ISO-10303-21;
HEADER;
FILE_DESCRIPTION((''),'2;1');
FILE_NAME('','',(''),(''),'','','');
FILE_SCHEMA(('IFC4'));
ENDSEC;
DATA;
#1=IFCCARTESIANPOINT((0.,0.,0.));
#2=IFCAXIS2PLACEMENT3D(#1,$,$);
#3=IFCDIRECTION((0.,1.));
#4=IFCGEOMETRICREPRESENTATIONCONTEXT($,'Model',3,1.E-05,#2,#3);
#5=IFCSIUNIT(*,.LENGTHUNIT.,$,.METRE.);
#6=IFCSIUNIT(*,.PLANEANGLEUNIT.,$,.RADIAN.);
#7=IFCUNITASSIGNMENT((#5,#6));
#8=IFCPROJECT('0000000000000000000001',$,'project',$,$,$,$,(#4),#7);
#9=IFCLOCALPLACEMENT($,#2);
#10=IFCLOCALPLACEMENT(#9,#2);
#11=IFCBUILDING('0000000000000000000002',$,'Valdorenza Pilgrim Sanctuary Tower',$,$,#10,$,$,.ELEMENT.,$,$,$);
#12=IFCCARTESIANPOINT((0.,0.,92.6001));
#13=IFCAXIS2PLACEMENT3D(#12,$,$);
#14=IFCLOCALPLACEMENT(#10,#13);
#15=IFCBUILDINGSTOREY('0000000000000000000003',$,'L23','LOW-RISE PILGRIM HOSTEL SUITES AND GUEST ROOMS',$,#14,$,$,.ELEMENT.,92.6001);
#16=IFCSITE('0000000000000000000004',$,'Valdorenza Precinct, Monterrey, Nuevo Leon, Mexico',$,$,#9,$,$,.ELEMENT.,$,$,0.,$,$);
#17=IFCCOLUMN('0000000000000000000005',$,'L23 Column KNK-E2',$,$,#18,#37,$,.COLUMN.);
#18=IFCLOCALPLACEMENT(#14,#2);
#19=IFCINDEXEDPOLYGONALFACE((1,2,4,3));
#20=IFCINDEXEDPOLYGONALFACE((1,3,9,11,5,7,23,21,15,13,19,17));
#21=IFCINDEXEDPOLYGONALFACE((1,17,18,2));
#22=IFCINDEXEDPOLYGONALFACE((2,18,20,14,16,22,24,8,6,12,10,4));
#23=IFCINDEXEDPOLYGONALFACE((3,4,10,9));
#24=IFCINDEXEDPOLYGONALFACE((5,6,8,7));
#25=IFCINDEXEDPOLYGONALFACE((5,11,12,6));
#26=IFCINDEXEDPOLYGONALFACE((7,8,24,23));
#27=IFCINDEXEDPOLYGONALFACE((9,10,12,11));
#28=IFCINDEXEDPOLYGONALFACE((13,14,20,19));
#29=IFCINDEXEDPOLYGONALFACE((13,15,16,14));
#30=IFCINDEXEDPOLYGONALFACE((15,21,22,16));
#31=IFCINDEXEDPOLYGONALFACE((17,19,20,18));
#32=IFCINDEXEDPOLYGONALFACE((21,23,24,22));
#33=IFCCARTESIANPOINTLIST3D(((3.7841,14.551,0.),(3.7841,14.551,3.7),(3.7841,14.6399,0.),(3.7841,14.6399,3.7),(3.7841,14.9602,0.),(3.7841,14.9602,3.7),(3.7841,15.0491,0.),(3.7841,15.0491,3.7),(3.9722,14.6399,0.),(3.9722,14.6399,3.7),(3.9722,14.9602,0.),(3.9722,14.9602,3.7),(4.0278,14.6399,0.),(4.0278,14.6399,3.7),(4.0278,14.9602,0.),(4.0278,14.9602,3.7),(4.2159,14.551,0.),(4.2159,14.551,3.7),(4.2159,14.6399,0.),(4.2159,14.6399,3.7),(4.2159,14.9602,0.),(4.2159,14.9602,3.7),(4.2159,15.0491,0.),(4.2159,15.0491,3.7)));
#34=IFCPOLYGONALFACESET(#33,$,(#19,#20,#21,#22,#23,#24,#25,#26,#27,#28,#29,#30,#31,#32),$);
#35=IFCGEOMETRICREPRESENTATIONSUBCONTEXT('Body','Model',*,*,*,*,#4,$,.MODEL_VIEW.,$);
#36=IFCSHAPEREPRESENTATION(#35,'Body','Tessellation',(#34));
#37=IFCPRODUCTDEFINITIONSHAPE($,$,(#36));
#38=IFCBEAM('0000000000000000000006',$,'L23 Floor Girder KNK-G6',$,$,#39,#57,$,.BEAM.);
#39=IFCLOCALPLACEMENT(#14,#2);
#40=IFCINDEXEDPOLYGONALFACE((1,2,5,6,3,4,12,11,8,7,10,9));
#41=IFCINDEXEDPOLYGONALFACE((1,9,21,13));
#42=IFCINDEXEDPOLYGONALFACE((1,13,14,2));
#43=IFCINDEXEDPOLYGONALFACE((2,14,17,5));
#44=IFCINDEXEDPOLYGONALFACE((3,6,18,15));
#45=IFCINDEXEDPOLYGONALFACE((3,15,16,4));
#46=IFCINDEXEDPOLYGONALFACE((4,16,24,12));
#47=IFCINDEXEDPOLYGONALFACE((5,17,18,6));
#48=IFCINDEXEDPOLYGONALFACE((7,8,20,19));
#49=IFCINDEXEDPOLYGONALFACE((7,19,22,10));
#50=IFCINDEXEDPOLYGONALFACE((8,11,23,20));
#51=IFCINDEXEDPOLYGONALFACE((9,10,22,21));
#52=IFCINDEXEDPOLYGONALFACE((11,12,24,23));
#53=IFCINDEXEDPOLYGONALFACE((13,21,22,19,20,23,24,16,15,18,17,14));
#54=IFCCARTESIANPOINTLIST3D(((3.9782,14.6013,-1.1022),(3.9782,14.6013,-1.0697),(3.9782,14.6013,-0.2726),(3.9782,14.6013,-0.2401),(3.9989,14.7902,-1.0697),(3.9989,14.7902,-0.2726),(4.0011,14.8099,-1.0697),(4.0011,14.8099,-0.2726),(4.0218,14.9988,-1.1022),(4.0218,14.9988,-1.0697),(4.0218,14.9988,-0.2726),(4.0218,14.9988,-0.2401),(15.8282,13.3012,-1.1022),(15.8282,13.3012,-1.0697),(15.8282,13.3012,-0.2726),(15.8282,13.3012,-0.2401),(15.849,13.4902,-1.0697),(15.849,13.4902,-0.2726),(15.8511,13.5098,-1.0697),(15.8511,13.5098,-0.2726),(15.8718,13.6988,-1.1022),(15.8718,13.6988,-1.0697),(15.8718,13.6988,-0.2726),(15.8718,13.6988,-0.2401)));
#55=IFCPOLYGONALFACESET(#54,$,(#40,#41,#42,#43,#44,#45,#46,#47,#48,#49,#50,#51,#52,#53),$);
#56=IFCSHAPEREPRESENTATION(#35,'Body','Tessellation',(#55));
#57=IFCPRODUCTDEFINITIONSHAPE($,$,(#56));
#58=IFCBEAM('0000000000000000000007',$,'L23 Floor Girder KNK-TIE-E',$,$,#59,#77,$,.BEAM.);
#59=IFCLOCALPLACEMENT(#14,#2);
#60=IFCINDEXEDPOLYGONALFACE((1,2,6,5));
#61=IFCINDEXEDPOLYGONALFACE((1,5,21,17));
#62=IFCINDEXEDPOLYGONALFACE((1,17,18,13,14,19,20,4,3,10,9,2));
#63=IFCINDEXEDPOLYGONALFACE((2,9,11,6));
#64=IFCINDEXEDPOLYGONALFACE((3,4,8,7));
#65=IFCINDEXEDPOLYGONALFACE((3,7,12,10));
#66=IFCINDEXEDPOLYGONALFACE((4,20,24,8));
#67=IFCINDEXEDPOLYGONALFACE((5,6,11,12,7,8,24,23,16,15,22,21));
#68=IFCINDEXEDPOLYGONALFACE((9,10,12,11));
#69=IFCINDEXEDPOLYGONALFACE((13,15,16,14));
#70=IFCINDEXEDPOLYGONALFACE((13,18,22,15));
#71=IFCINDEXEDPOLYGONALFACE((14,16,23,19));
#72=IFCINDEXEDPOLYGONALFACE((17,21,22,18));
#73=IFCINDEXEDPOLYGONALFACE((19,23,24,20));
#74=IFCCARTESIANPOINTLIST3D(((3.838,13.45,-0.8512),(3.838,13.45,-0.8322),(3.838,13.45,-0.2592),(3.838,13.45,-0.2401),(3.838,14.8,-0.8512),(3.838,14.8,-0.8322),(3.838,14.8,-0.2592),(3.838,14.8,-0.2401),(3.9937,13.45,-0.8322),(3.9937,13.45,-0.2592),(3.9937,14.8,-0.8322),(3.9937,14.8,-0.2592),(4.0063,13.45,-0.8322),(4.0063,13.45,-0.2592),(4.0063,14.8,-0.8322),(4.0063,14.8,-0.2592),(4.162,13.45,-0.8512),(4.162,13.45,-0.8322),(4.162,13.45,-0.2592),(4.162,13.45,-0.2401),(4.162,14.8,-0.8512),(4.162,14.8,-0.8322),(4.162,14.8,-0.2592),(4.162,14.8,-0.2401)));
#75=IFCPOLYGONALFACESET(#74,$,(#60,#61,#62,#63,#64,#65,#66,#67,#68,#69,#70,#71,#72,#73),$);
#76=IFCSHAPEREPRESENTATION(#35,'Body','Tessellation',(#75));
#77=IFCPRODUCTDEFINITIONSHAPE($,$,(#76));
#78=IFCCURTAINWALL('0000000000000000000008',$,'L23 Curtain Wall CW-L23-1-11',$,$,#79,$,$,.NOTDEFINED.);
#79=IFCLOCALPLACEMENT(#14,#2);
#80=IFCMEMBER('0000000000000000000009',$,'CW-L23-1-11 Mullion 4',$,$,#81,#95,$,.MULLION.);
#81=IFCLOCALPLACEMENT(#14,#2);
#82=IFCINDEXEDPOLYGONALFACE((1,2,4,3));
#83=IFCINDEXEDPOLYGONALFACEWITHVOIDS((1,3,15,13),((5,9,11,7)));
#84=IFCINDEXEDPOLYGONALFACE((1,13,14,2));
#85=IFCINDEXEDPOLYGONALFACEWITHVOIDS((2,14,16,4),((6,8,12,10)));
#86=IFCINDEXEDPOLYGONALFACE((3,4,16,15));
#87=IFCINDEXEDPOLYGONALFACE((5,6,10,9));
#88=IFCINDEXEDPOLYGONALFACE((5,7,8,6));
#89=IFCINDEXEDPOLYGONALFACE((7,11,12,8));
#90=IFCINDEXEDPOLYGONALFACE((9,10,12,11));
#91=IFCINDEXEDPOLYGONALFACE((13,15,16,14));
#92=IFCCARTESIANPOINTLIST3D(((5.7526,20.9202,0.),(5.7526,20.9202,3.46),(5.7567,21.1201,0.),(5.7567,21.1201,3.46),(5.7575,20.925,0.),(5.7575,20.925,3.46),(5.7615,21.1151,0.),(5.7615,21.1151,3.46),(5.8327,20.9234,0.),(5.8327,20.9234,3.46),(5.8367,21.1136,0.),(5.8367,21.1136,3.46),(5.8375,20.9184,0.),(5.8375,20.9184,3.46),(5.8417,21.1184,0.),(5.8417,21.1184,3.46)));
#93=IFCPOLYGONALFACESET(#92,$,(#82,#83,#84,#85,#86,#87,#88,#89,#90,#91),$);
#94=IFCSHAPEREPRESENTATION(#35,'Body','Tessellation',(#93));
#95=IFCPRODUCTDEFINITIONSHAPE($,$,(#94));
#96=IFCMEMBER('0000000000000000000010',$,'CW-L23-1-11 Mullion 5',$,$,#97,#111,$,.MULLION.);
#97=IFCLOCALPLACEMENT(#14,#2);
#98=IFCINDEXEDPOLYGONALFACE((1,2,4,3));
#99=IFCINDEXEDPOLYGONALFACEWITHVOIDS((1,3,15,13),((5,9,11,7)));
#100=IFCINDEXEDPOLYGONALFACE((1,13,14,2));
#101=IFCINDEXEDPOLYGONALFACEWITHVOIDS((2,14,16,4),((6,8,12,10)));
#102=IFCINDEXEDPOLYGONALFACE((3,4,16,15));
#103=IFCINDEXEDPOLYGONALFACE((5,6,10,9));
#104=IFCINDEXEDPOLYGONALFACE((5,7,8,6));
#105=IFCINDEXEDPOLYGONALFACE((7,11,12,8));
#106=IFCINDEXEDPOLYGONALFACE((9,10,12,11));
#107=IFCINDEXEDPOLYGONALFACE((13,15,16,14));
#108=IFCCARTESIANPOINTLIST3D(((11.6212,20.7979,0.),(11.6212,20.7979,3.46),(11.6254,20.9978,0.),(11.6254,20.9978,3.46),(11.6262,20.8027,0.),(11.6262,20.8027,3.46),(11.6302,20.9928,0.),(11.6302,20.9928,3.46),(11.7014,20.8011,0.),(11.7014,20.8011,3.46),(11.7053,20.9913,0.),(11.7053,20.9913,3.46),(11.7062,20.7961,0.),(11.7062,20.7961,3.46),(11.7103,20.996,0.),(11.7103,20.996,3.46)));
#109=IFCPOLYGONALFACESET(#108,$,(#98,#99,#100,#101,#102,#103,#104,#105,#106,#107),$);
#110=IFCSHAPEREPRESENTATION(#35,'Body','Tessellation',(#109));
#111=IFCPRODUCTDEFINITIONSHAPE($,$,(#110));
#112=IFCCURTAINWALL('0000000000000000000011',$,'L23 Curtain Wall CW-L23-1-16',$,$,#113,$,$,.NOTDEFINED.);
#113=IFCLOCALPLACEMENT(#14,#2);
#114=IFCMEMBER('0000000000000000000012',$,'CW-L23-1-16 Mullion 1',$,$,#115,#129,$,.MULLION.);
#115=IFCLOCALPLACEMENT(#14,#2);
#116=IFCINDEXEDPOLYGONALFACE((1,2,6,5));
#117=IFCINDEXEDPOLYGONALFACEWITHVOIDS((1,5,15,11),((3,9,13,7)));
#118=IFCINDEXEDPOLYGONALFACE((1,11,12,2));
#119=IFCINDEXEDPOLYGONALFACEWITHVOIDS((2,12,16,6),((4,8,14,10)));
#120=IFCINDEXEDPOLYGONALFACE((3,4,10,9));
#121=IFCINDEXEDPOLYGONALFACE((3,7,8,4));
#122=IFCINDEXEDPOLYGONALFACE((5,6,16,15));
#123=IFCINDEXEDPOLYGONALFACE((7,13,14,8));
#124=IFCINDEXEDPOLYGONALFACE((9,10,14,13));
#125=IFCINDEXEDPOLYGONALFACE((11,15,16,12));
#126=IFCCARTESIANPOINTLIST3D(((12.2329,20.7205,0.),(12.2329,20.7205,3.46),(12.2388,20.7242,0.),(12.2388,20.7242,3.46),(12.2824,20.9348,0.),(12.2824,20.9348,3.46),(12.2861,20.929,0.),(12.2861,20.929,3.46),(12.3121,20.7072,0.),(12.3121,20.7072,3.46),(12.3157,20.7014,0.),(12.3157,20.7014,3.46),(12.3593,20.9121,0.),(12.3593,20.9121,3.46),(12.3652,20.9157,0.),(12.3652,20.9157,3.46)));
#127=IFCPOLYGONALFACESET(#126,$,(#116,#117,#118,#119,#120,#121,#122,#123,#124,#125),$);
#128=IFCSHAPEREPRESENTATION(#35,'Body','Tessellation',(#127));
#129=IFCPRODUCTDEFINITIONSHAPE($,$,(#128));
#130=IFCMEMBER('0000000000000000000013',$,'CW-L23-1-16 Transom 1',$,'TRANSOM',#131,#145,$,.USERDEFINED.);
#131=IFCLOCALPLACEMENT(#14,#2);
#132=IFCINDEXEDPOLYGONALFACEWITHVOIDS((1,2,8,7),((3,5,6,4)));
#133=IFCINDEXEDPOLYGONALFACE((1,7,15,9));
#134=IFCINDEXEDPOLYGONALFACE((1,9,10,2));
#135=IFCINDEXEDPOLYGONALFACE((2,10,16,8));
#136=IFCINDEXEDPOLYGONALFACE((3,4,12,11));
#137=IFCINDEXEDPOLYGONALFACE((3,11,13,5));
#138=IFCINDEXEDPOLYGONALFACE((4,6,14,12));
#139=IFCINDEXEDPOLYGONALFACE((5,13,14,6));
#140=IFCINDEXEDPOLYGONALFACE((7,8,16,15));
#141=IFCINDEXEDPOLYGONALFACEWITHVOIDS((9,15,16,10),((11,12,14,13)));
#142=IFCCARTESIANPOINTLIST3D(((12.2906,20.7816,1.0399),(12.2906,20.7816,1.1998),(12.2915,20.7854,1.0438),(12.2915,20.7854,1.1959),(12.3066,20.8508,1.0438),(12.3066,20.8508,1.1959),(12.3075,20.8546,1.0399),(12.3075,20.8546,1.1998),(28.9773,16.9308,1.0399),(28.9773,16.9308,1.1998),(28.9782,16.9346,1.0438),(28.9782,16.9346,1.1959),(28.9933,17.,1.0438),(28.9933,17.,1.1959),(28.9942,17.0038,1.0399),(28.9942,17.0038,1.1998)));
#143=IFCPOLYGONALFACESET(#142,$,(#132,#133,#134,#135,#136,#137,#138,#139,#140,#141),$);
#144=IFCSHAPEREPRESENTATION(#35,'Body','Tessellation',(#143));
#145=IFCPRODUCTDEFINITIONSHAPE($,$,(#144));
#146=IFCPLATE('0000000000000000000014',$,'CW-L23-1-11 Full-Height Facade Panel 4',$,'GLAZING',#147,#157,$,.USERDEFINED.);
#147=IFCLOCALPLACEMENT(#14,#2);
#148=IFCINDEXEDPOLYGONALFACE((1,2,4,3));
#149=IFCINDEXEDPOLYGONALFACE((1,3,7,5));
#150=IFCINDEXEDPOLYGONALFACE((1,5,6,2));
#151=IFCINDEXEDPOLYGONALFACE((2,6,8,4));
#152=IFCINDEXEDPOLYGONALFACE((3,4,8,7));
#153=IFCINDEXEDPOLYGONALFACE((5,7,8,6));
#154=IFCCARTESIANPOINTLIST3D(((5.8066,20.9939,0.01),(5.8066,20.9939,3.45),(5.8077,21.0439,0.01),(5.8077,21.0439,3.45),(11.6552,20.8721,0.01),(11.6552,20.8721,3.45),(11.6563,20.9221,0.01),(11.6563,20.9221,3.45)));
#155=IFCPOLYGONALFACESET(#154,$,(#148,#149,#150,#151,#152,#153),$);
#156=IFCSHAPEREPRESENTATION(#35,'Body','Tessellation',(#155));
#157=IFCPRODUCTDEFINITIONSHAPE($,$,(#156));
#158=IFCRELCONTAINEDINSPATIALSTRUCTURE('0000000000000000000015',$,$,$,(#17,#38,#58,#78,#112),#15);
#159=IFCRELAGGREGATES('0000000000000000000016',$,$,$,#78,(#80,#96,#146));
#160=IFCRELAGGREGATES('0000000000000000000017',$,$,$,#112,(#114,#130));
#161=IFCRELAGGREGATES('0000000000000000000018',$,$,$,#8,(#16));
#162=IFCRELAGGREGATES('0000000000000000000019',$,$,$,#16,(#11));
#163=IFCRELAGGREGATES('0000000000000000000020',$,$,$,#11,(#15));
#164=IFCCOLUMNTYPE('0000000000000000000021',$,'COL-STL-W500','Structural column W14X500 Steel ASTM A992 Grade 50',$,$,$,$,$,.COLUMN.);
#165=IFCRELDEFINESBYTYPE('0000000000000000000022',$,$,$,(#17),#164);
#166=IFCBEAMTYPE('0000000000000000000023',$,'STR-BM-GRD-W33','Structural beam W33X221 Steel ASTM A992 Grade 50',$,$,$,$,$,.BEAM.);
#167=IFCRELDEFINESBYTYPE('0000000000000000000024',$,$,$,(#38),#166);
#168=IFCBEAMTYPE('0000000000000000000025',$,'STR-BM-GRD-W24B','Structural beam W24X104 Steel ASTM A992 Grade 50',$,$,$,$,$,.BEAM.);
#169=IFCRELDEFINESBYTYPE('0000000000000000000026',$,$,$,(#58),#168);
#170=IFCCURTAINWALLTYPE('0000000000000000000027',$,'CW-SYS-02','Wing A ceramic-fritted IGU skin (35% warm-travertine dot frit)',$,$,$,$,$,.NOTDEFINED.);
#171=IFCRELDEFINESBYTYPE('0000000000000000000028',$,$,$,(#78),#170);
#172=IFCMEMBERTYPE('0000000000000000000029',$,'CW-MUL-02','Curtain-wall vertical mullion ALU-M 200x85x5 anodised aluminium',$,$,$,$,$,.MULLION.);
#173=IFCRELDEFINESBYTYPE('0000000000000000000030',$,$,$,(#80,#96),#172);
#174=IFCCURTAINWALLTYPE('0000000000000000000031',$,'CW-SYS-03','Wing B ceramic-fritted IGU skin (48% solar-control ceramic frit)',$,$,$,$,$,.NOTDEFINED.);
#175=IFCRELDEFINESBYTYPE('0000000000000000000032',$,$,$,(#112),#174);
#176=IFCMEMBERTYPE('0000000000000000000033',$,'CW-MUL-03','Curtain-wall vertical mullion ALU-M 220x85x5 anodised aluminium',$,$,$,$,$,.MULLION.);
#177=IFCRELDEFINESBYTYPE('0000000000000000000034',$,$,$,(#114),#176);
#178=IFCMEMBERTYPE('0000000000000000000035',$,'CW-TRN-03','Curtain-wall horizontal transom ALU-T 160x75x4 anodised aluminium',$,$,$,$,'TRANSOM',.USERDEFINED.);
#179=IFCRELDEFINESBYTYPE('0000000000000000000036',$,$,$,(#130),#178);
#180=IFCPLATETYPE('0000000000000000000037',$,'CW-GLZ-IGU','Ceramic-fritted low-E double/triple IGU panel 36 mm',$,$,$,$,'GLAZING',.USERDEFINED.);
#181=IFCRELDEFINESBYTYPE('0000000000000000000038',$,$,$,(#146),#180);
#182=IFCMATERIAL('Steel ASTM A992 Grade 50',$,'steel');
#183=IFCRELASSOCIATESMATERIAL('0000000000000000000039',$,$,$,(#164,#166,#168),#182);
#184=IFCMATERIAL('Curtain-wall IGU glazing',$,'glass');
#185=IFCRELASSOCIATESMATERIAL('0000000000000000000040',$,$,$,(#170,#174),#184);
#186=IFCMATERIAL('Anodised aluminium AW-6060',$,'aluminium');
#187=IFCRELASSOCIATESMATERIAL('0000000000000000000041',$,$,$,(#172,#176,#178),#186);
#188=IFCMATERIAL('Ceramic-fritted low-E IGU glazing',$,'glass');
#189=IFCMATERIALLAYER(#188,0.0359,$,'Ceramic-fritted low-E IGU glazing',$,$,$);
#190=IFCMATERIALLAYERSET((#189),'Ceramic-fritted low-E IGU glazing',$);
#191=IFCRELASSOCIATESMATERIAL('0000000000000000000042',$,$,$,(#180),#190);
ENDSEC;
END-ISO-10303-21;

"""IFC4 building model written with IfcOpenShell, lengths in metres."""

from ifc_helpers import new_model, si_unit, direction, frame, origin, origin_2d, place, context, subcontext, project, spatial, rectangle, hollow_rectangle, i_section, extrude, source, transform, mapped, material, layer, layer_set, material_profile, profile_set, type_object, element, aggregate, save


model = new_model("IFC4")

# Units and contexts
model_context = context("Model", 3, precision=1e-05, world=origin(), true_north=direction((0.0, 1.0)))
body_context = subcontext(model_context, "Body", "Model", "MODEL_VIEW")
ifc_project = project(units=[si_unit("LENGTHUNIT", "METRE"), si_unit("PLANEANGLEUNIT", "RADIAN")], contexts=[model_context])

# Site, building, storey
site_placement = place(None, origin())
site = spatial("IfcSite", under=ifc_project, at=site_placement, Name="Valdorenza Precinct, Monterrey, Nuevo Leon, Mexico", CompositionType="ELEMENT", RefElevation=0.0)
building_placement = place(site_placement, origin())
building = spatial("IfcBuilding", under=site, at=building_placement, Name="Valdorenza Pilgrim Sanctuary Tower", CompositionType="ELEMENT")
storey_placement = place(building_placement, frame((0.0, 0.0, 92.6001)))
storey = spatial("IfcBuildingStorey", under=building, at=storey_placement, Name="L23", Description="LOW-RISE PILGRIM HOSTEL SUITES AND GUEST ROOMS", CompositionType="ELEMENT", Elevation=92.6001)

# Column
ifc_material_1 = material(Name="Steel ASTM A992 Grade 50", Category="steel")
ifc_material_profile_1 = material_profile(ifc_material_1, i_section(OverallWidth=0.4319, OverallDepth=0.498, WebThickness=0.0557, FlangeThickness=0.0889, at=origin_2d()), Name="W14X500")
ifc_profile_set_1 = profile_set([ifc_material_profile_1], Name="Steel ASTM A992 Grade 50")
column_type = type_object("IfcColumnType", Name="COL-STL-W500", Description="Structural column W14X500 Steel ASTM A992 Grade 50", PredefinedType="COLUMN", material=ifc_profile_set_1)
shared_shape_1 = source(origin(), body_context, "Body", "SweptSolid", [
    extrude(i_section(OverallWidth=0.4319, OverallDepth=0.498, WebThickness=0.0557, FlangeThickness=0.0889, at=origin_2d()), origin(), (0.0, 0.0, 1.0), 3.7),
])
column_placement = place(storey_placement, frame((4.0, 14.8, 0.0), z_axis=(0.0, 0.0, 1.0), x_axis=(1.0, 0.0, 0.0)))
element("IfcColumn", 1, at=column_placement, inside=storey, type_object=column_type, Name="L23 Column KNK-E2", PredefinedType="COLUMN", context=body_context, shape_type="MappedRepresentation", body=[
    mapped(shared_shape_1, transform((0.0, 0.0, 0.0), x_axis=(1.0, 0.0, 0.0), y_axis=(0.0, 1.0, 0.0), z_axis=(0.0, 0.0, 1.0), scale=1.0)),
])

# Beams
ifc_material_profile_2 = material_profile(ifc_material_1, i_section(OverallWidth=0.3999, OverallDepth=0.8621, WebThickness=0.0198, FlangeThickness=0.0325, at=origin_2d()), Name="W33X221")
ifc_profile_set_2 = profile_set([ifc_material_profile_2], Name="Steel ASTM A992 Grade 50")
beam_type_1 = type_object("IfcBeamType", Name="STR-BM-GRD-W33", Description="Structural beam W33X221 Steel ASTM A992 Grade 50", PredefinedType="BEAM", material=ifc_profile_set_2)
shared_shape_2 = source(origin(), body_context, "Body", "SweptSolid", [
    extrude(i_section(OverallWidth=0.3999, OverallDepth=0.8621, WebThickness=0.0198, FlangeThickness=0.0325, at=origin_2d()), origin(), (0.0, 0.0, 1.0), 11.9211),
])
beam_1_placement = place(storey_placement, frame((4.0, 14.8, -0.6711), z_axis=(0.994036, -0.109054, 0.0), x_axis=(0.109054, 0.994036, 0.0)))
element("IfcBeam", 2, at=beam_1_placement, inside=storey, type_object=beam_type_1, Name="L23 Floor Girder KNK-G6", PredefinedType="BEAM", context=body_context, shape_type="MappedRepresentation", body=[
    mapped(shared_shape_2, transform((0.0, 0.0, 0.0), x_axis=(1.0, 0.0, 0.0), y_axis=(0.0, 1.0, 0.0), z_axis=(0.0, 0.0, 1.0), scale=1.0)),
])
ifc_material_profile_3 = material_profile(ifc_material_1, i_section(OverallWidth=0.324, OverallDepth=0.6111, WebThickness=0.0127, FlangeThickness=0.019, at=origin_2d()), Name="W24X104")
ifc_profile_set_3 = profile_set([ifc_material_profile_3], Name="Steel ASTM A992 Grade 50")
beam_type_2 = type_object("IfcBeamType", Name="STR-BM-GRD-W24B", Description="Structural beam W24X104 Steel ASTM A992 Grade 50", PredefinedType="BEAM", material=ifc_profile_set_3)
shared_shape_3 = source(origin(), body_context, "Body", "SweptSolid", [
    extrude(i_section(OverallWidth=0.324, OverallDepth=0.6111, WebThickness=0.0127, FlangeThickness=0.019, at=origin_2d()), origin(), (0.0, 0.0, 1.0), 1.3501),
])
beam_2_placement = place(storey_placement, frame((4.0, 13.45, -0.5457), z_axis=(0.0, 1.0, 0.0), x_axis=(-1.0, 0.0, 0.0)))
element("IfcBeam", 3, at=beam_2_placement, inside=storey, type_object=beam_type_2, Name="L23 Floor Girder KNK-TIE-E", PredefinedType="BEAM", context=body_context, shape_type="MappedRepresentation", body=[
    mapped(shared_shape_3, transform((0.0, 0.0, 0.0), x_axis=(1.0, 0.0, 0.0), y_axis=(0.0, 1.0, 0.0), z_axis=(0.0, 0.0, 1.0), scale=1.0)),
])

# Curtain walls, members
ifc_material_2 = material(Name="Curtain-wall IGU glazing", Category="glass")
curtain_wall_type_1 = type_object("IfcCurtainWallType", Name="CW-SYS-02", Description="Wing A ceramic-fritted IGU skin (35% warm-travertine dot frit)", PredefinedType="NOTDEFINED", material=ifc_material_2)
curtain_wall_1_placement = place(storey_placement, origin())
curtain_wall_1 = element("IfcCurtainWall", 4, at=curtain_wall_1_placement, inside=storey, type_object=curtain_wall_type_1, Name="L23 Curtain Wall CW-L23-1-11", PredefinedType="NOTDEFINED")
ifc_material_3 = material(Name="Anodised aluminium AW-6060", Category="aluminium")
ifc_material_profile_4 = material_profile(ifc_material_3, hollow_rectangle(XDim=0.085, YDim=0.2, WallThickness=0.0049, at=origin_2d()), Name="ALU-M 200x85x5")
ifc_profile_set_4 = profile_set([ifc_material_profile_4], Name="Anodised aluminium AW-6060")
member_type_1 = type_object("IfcMemberType", Name="CW-MUL-02", Description="Curtain-wall vertical mullion ALU-M 200x85x5 anodised aluminium", PredefinedType="MULLION", material=ifc_profile_set_4)
shared_shape_4 = source(origin(), body_context, "Body", "SweptSolid", [
    extrude(hollow_rectangle(XDim=0.085, YDim=0.2, WallThickness=0.0049, at=origin_2d()), origin(), (0.0, 0.0, 1.0), 3.46),
])
member_1_placement = place(storey_placement, frame((5.7971, 21.0193, 0.0), z_axis=(0.0, 0.0, 1.0), x_axis=(0.999783, -0.02082, 0.0)))
member_1 = element("IfcMember", 5, at=member_1_placement, type_object=member_type_1, Name="CW-L23-1-11 Mullion 4", PredefinedType="MULLION", context=body_context, shape_type="MappedRepresentation", body=[
    mapped(shared_shape_4, transform((0.0, 0.0, 0.0), x_axis=(1.0, 0.0, 0.0), y_axis=(0.0, 1.0, 0.0), z_axis=(0.0, 0.0, 1.0), scale=1.0)),
])
member_2_placement = place(storey_placement, frame((11.6658, 20.897, 0.0), z_axis=(0.0, 0.0, 1.0), x_axis=(0.999783, -0.02082, 0.0)))
member_2 = element("IfcMember", 6, at=member_2_placement, type_object=member_type_1, Name="CW-L23-1-11 Mullion 5", PredefinedType="MULLION", context=body_context, shape_type="MappedRepresentation", body=[
    mapped(shared_shape_4, transform((0.0, 0.0, 0.0), x_axis=(1.0, 0.0, 0.0), y_axis=(0.0, 1.0, 0.0), z_axis=(0.0, 0.0, 1.0), scale=1.0)),
])
curtain_wall_type_2 = type_object("IfcCurtainWallType", Name="CW-SYS-03", Description="Wing B ceramic-fritted IGU skin (48% solar-control ceramic frit)", PredefinedType="NOTDEFINED", material=ifc_material_2)
curtain_wall_2_placement = place(storey_placement, origin())
curtain_wall_2 = element("IfcCurtainWall", 7, at=curtain_wall_2_placement, inside=storey, type_object=curtain_wall_type_2, Name="L23 Curtain Wall CW-L23-1-16", PredefinedType="NOTDEFINED")
ifc_material_profile_5 = material_profile(ifc_material_3, hollow_rectangle(XDim=0.085, YDim=0.22, WallThickness=0.0049, at=origin_2d()), Name="ALU-M 220x85x5")
ifc_profile_set_5 = profile_set([ifc_material_profile_5], Name="Anodised aluminium AW-6060")
member_type_2 = type_object("IfcMemberType", Name="CW-MUL-03", Description="Curtain-wall vertical mullion ALU-M 220x85x5 anodised aluminium", PredefinedType="MULLION", material=ifc_profile_set_5)
shared_shape_5 = source(origin(), body_context, "Body", "SweptSolid", [
    extrude(hollow_rectangle(XDim=0.085, YDim=0.22, WallThickness=0.0049, at=origin_2d()), origin(), (0.0, 0.0, 1.0), 3.46),
])
member_3_placement = place(storey_placement, frame((12.2991, 20.8181, 0.0), z_axis=(0.0, 0.0, 1.0), x_axis=(0.97439, -0.224866, 0.0)))
member_3 = element("IfcMember", 8, at=member_3_placement, type_object=member_type_2, Name="CW-L23-1-16 Mullion 1", PredefinedType="MULLION", context=body_context, shape_type="MappedRepresentation", body=[
    mapped(shared_shape_5, transform((0.0, 0.0, 0.0), x_axis=(1.0, 0.0, 0.0), y_axis=(0.0, 1.0, 0.0), z_axis=(0.0, 0.0, 1.0), scale=1.0)),
])
ifc_material_profile_6 = material_profile(ifc_material_3, hollow_rectangle(XDim=0.075, YDim=0.1599, WallThickness=0.0039, at=origin_2d()), Name="ALU-T 160x75x4")
ifc_profile_set_6 = profile_set([ifc_material_profile_6], Name="Anodised aluminium AW-6060")
member_type_3 = type_object("IfcMemberType", Name="CW-TRN-03", Description="Curtain-wall horizontal transom ALU-T 160x75x4 anodised aluminium", ElementType="TRANSOM", PredefinedType="USERDEFINED", material=ifc_profile_set_6)
shared_shape_6 = source(origin(), body_context, "Body", "SweptSolid", [
    extrude(hollow_rectangle(XDim=0.075, YDim=0.1599, WallThickness=0.0039, at=origin_2d()), origin(), (0.0, 0.0, 1.0), 17.1252),
])
member_4_placement = place(storey_placement, frame((12.2991, 20.8181, 1.1199), z_axis=(0.974391, -0.224862, 0.0), x_axis=(0.224862, 0.974391, 0.0)))
member_4 = element("IfcMember", 9, at=member_4_placement, type_object=member_type_3, Name="CW-L23-1-16 Transom 1", ObjectType="TRANSOM", PredefinedType="USERDEFINED", context=body_context, shape_type="MappedRepresentation", body=[
    mapped(shared_shape_6, transform((0.0, 0.0, 0.0), x_axis=(1.0, 0.0, 0.0), y_axis=(0.0, 1.0, 0.0), z_axis=(0.0, 0.0, 1.0), scale=1.0)),
])

# Plate
ifc_material_4 = material(Name="Ceramic-fritted low-E IGU glazing", Category="glass")
ifc_layer_1 = layer(ifc_material_4, 0.0359, Name="Ceramic-fritted low-E IGU glazing")
ifc_layer_set_1 = layer_set([ifc_layer_1], Name="Ceramic-fritted low-E IGU glazing")
plate_type_1 = type_object("IfcPlateType", Name="CW-GLZ-IGU", Description="Ceramic-fritted low-E double/triple IGU panel 36 mm", ElementType="GLAZING", PredefinedType="USERDEFINED", material=ifc_layer_set_1)
shared_shape_7 = source(origin(), body_context, "Body", "SweptSolid", [
    extrude(rectangle(XDim=5.8499, YDim=0.05, at=origin_2d()), origin(), (0.0, 0.0, 1.0), 3.4399),
])
plate_1_placement = place(storey_placement, frame((8.7314, 20.958, 0.01), z_axis=(0.0, 0.0, 1.0), x_axis=(0.999783, -0.02082, 0.0)))
plate_1 = element("IfcPlate", 10, at=plate_1_placement, type_object=plate_type_1, Name="CW-L23-1-11 Full-Height Facade Panel 4", ObjectType="GLAZING", PredefinedType="USERDEFINED", context=body_context, shape_type="MappedRepresentation", body=[
    mapped(shared_shape_7, transform((0.0, 0.0, 0.0), x_axis=(1.0, 0.0, 0.0), y_axis=(0.0, 1.0, 0.0), z_axis=(0.0, 0.0, 1.0), scale=1.0)),
])
aggregate(curtain_wall_1, [member_1, member_2, plate_1])
aggregate(curtain_wall_2, [member_3, member_4])

save(model, "model.ifc")
